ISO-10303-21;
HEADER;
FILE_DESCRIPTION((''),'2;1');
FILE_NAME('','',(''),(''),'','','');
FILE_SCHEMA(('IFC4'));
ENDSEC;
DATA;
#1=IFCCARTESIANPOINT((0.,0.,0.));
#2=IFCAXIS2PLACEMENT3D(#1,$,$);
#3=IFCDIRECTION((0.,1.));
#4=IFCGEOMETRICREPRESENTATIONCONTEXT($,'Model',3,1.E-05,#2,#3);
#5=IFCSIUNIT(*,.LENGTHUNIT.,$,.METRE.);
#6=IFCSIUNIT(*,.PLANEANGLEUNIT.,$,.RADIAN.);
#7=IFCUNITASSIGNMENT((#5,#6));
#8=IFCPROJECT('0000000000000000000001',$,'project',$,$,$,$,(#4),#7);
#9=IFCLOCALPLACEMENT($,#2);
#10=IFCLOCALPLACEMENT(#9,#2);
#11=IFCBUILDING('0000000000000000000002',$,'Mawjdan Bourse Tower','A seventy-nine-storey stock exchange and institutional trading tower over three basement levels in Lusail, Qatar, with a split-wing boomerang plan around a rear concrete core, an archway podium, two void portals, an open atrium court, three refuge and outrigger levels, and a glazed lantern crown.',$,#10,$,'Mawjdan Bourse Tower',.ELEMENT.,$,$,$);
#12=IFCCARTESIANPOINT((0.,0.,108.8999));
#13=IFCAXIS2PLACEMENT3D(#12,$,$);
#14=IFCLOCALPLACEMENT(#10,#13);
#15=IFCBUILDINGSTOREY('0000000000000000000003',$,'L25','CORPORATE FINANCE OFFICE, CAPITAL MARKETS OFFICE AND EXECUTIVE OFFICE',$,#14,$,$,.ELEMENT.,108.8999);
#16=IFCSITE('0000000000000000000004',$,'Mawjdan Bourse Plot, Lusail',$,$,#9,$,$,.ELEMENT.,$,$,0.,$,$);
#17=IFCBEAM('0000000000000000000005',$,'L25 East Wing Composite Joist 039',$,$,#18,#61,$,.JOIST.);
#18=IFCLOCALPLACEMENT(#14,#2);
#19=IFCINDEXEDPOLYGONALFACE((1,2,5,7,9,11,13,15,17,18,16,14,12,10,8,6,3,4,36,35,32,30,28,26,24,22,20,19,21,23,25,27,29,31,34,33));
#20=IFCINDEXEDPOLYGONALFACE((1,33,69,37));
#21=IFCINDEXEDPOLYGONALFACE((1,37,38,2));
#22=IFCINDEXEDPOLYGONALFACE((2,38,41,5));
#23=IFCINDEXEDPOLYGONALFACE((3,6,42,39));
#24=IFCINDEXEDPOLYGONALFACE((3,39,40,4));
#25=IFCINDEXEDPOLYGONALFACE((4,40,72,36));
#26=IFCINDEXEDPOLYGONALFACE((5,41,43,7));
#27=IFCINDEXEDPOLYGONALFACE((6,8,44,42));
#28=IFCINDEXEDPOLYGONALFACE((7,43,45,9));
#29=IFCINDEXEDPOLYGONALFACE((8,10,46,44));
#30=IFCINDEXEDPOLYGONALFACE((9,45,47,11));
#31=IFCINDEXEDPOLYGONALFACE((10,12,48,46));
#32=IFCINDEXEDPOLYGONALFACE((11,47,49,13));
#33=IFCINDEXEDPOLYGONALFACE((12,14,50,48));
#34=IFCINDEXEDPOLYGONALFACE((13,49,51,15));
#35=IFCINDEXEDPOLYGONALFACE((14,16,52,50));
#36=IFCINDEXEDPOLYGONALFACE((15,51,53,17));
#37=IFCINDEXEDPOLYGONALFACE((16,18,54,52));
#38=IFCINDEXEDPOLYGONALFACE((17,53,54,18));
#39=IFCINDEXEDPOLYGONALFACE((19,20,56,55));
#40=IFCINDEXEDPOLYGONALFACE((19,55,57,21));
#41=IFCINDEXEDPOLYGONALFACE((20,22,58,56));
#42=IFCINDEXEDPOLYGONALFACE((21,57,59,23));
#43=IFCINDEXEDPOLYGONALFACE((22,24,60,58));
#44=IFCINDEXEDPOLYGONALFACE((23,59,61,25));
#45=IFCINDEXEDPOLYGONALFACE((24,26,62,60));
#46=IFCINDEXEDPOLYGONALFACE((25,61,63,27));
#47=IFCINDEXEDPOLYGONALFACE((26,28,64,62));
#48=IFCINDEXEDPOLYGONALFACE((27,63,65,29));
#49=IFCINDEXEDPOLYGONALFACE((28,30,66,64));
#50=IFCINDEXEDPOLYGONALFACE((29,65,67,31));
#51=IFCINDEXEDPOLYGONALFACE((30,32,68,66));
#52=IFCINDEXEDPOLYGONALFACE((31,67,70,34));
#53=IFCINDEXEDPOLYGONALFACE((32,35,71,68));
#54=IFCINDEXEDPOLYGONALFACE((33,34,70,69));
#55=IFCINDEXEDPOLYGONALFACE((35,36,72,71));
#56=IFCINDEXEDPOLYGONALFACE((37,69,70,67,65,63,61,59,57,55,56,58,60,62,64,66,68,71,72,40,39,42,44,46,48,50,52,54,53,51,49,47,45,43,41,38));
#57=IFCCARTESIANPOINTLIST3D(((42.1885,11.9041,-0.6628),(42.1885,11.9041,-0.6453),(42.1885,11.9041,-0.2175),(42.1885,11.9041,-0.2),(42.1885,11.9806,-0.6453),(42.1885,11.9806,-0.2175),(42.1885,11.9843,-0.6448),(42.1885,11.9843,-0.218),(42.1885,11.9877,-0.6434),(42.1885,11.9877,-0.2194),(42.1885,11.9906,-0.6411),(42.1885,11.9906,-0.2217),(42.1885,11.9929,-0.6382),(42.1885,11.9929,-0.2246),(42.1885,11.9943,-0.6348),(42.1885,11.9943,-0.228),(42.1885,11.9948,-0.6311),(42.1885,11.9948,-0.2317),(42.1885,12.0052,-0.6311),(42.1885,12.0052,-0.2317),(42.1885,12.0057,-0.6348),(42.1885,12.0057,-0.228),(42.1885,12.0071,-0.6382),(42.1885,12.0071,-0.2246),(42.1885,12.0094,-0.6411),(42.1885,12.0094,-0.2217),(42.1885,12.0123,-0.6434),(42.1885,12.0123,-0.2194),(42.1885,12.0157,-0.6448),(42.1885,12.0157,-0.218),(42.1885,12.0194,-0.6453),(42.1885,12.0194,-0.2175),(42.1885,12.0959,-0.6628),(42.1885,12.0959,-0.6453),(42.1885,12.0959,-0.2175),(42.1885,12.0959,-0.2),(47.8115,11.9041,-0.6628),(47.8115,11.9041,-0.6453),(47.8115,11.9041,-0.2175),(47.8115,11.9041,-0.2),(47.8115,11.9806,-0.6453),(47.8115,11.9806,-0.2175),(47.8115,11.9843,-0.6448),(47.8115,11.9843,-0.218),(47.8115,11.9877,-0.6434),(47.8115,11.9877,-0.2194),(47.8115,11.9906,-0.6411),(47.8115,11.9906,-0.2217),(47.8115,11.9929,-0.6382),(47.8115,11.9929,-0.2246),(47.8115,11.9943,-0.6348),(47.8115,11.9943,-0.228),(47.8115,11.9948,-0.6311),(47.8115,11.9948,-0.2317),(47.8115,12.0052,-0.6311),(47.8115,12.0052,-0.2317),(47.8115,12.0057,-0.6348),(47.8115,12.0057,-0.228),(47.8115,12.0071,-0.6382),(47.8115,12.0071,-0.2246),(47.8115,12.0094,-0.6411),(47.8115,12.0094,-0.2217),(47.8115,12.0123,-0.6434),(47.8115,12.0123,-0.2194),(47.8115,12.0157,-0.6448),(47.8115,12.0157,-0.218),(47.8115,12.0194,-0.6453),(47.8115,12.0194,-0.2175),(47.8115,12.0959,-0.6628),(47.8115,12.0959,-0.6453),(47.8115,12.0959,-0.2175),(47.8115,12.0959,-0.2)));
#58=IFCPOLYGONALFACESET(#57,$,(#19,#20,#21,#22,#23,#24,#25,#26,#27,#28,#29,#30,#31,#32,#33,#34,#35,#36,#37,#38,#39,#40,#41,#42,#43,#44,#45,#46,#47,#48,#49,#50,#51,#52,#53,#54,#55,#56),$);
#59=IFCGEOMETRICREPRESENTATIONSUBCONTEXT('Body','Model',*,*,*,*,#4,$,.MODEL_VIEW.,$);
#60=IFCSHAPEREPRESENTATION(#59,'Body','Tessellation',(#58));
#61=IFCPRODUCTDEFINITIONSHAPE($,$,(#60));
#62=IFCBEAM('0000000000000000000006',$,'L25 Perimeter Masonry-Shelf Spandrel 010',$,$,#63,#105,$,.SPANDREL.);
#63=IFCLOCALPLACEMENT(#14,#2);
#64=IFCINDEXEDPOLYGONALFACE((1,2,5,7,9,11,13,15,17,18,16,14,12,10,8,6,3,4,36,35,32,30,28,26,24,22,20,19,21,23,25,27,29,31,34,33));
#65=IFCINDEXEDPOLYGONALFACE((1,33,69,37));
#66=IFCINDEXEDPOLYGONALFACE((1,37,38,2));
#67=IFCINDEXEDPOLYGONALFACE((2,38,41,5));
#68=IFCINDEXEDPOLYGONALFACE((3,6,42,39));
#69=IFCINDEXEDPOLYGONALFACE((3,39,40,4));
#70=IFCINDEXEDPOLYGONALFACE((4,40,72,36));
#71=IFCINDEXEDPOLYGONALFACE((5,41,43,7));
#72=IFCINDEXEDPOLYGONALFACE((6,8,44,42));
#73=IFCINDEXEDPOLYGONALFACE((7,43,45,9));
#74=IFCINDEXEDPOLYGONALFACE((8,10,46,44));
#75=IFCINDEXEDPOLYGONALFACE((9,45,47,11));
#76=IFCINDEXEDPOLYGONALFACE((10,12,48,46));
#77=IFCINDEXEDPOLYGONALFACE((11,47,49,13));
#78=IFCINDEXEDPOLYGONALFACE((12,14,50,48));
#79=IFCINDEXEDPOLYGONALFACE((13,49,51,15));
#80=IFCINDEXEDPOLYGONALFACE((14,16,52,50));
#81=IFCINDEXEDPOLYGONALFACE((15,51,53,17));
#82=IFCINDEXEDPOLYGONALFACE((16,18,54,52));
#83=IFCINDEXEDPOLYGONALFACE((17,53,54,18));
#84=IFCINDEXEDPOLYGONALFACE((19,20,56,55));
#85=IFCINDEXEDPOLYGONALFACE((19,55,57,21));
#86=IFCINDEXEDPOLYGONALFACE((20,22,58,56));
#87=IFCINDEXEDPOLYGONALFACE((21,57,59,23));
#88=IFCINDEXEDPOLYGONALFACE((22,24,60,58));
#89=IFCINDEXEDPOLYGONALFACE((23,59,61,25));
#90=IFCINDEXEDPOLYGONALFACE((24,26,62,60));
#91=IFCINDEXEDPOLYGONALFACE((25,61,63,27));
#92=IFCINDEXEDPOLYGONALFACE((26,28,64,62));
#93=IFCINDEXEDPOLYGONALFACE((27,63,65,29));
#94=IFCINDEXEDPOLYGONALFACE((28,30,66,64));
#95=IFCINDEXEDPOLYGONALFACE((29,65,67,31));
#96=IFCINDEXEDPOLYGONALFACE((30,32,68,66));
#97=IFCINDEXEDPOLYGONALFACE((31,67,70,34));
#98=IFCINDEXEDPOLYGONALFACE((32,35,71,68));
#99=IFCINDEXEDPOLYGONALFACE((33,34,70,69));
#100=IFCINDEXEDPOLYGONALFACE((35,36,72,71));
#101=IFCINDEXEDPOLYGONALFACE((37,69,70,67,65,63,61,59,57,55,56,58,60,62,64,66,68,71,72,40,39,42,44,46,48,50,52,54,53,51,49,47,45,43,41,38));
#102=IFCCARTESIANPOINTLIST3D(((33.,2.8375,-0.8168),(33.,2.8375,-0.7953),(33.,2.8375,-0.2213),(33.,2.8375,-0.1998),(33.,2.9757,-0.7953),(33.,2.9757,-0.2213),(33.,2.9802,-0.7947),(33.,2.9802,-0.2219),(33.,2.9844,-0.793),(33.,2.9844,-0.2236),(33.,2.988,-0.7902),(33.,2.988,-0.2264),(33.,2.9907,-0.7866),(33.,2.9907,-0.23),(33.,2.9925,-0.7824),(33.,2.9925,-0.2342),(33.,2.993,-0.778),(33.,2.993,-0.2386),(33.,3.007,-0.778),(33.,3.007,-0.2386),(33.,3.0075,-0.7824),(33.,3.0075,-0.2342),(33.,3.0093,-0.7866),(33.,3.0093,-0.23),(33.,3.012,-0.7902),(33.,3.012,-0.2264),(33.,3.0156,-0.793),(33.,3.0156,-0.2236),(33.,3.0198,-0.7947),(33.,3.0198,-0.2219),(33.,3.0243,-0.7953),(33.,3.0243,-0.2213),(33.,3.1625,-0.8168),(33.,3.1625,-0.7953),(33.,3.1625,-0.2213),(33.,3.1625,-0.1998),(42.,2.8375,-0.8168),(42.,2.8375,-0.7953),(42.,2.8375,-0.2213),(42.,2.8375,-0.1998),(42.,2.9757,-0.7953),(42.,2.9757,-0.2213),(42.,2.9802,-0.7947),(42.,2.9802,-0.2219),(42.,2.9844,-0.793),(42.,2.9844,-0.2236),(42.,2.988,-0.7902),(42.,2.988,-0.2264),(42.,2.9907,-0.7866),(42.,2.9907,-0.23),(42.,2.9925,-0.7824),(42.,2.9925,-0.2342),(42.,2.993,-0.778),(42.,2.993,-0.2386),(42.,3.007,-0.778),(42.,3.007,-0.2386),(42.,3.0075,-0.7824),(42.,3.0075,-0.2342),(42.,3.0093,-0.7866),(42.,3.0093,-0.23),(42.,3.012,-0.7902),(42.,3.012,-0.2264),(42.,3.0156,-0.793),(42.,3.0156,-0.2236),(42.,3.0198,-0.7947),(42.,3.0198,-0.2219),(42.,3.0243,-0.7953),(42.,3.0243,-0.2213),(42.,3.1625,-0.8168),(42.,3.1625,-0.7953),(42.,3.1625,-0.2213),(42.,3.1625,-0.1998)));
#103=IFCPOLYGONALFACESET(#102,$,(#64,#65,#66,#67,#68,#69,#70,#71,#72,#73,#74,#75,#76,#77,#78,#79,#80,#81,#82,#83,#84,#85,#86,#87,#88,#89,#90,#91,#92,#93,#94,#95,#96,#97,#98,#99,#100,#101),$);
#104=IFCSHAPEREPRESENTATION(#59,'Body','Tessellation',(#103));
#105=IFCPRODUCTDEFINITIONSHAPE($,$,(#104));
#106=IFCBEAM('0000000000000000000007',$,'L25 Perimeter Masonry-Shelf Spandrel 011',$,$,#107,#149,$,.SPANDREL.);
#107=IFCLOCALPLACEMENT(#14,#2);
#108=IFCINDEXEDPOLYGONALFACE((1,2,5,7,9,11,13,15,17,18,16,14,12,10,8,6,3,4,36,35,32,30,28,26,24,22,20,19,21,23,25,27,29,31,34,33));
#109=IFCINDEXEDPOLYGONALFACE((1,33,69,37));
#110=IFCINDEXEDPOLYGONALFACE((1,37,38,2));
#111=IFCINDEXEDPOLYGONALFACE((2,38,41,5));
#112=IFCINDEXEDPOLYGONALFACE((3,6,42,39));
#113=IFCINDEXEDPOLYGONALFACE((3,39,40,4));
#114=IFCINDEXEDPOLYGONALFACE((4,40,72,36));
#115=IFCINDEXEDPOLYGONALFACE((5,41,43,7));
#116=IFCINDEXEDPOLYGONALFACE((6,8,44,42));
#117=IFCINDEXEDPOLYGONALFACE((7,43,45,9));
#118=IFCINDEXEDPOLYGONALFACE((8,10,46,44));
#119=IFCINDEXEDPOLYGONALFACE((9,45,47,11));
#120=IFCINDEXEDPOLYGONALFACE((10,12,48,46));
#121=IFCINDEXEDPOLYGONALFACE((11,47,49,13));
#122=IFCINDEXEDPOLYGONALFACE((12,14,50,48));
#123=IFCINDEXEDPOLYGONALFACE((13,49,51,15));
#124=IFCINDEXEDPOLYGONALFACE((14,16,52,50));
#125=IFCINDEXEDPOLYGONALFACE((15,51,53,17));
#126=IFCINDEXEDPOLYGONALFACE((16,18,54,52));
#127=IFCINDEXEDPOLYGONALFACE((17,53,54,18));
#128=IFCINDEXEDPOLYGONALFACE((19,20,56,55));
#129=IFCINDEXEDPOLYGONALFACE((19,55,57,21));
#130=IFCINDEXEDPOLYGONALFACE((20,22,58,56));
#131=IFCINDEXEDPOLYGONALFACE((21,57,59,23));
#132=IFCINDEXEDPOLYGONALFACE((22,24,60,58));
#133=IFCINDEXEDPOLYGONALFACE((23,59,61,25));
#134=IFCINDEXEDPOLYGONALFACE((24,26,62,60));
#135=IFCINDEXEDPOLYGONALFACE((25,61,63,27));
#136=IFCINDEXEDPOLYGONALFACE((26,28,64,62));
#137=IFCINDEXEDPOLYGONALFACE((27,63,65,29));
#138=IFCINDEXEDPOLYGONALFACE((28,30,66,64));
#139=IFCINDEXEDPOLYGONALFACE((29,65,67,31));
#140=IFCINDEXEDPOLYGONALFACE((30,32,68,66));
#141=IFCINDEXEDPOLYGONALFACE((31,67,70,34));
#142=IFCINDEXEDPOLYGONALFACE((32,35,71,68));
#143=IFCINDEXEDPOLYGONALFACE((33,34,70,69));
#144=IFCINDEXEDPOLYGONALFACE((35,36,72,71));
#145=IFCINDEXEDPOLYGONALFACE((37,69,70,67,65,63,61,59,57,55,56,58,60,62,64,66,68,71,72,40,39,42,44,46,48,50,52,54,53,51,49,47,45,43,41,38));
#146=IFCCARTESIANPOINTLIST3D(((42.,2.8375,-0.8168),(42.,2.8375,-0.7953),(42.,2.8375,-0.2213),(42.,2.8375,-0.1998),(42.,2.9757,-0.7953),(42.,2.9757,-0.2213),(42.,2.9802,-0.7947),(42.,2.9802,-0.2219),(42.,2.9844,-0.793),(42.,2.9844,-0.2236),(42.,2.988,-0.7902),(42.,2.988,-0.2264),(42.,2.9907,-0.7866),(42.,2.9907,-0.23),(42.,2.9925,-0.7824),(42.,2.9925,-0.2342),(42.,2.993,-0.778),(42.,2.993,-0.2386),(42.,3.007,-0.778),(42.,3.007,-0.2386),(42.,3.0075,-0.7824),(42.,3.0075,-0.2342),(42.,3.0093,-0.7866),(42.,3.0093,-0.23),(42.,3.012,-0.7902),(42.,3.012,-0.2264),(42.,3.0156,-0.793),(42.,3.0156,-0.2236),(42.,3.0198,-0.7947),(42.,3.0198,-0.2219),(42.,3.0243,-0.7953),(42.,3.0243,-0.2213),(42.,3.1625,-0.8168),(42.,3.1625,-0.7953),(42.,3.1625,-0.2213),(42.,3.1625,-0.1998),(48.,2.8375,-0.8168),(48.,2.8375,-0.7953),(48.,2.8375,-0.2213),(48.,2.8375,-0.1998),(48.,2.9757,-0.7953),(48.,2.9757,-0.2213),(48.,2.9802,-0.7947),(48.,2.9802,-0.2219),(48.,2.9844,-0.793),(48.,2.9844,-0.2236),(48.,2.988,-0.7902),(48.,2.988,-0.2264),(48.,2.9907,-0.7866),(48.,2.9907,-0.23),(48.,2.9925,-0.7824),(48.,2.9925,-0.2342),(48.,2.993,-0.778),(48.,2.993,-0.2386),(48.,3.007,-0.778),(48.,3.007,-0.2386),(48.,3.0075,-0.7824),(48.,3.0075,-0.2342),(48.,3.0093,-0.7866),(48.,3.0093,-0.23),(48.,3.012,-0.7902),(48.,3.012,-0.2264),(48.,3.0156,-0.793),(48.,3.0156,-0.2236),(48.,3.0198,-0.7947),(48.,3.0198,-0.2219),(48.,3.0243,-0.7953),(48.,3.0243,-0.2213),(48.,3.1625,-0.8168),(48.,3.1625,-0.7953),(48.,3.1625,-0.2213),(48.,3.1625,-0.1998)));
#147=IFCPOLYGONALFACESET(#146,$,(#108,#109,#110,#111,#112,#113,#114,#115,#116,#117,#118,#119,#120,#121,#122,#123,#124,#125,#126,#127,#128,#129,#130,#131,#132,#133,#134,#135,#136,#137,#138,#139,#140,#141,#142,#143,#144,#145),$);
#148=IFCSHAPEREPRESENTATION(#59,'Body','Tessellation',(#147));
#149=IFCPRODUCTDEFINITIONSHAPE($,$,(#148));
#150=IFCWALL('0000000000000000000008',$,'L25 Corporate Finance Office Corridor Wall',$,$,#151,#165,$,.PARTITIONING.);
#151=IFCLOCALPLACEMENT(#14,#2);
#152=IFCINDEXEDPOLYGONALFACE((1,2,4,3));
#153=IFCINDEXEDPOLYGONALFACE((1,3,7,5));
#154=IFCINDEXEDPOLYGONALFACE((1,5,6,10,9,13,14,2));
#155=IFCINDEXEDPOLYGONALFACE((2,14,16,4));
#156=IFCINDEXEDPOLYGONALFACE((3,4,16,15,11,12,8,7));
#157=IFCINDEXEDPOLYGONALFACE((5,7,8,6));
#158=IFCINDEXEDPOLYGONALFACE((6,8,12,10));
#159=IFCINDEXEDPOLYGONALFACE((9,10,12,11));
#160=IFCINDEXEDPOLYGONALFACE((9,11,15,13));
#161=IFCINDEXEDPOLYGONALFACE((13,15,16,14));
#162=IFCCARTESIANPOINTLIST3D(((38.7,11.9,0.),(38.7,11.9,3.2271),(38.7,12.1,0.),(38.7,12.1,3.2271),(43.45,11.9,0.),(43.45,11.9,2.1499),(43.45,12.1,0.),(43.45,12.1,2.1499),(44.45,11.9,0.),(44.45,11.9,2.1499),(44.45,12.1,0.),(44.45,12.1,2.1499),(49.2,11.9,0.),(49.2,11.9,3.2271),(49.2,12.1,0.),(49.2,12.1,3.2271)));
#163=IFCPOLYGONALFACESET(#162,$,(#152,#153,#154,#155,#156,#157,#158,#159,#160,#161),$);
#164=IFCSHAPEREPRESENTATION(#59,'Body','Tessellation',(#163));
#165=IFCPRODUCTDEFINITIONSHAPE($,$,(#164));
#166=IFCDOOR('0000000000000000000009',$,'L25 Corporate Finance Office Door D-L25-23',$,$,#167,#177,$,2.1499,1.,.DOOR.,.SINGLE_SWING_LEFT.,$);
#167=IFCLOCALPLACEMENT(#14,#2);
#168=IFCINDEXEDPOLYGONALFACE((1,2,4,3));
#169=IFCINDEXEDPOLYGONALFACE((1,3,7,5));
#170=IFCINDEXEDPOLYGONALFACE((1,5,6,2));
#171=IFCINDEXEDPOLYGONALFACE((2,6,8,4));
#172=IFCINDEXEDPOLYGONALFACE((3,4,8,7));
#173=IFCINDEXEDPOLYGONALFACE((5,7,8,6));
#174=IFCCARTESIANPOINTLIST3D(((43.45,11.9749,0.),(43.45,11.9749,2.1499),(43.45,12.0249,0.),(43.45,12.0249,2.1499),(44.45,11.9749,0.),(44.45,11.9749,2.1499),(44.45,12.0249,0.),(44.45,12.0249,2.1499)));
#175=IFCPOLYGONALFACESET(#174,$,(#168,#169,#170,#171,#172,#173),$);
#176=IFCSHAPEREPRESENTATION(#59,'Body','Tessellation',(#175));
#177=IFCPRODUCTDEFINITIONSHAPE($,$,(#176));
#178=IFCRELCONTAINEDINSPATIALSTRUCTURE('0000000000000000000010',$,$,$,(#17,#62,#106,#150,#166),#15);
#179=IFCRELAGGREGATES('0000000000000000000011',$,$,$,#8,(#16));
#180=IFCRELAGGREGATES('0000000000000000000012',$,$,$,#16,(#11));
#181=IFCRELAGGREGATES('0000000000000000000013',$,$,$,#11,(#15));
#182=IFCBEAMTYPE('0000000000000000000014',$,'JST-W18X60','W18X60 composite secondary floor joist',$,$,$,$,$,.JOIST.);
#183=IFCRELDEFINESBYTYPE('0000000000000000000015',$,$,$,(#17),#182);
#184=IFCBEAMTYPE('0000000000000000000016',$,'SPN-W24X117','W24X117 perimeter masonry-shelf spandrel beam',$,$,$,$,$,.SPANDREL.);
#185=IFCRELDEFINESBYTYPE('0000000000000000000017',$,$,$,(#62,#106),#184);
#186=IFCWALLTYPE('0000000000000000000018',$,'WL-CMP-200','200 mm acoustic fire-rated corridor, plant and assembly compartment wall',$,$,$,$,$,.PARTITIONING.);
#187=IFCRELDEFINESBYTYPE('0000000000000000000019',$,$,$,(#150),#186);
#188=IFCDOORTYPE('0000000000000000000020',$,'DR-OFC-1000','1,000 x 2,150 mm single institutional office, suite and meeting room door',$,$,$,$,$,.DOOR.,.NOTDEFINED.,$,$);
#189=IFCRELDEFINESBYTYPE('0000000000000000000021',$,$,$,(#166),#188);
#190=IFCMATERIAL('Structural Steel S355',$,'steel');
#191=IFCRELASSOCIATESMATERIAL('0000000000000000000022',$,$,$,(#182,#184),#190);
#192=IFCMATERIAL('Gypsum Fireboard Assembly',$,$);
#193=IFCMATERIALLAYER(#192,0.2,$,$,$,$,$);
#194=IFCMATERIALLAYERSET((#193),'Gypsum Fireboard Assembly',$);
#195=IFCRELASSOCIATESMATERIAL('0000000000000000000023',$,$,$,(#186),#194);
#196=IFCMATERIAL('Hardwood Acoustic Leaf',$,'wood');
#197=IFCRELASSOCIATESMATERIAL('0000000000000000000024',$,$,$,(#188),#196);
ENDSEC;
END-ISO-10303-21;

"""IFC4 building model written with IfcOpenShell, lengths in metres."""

from ifc_helpers import new_model, si_unit, direction, frame, frame_2d, origin, origin_2d, place, context, subcontext, project, spatial, rectangle, i_section, extrude, material, layer, layer_set, material_profile, profile_set, type_object, element, fill, save


model = new_model("IFC4")

# Units and contexts
model_context = context("Model", 3, precision=1e-05, world=origin(), true_north=direction((0.0, 1.0)))
body_context = subcontext(model_context, "Body", "Model", "MODEL_VIEW")
ifc_project = project(units=[si_unit("LENGTHUNIT", "METRE"), si_unit("PLANEANGLEUNIT", "RADIAN")], contexts=[model_context])

# Site, building, storey
site_placement = place(None, origin())
site = spatial("IfcSite", under=ifc_project, at=site_placement, Name="Mawjdan Bourse Plot, Lusail", CompositionType="ELEMENT", RefElevation=0.0)
building_placement = place(site_placement, origin())
building = spatial("IfcBuilding", under=site, at=building_placement, Name="Mawjdan Bourse Tower", Description="A seventy-nine-storey stock exchange and institutional trading tower over three basement levels in Lusail, Qatar, with a split-wing boomerang plan around a rear concrete core, an archway podium, two void portals, an open atrium court, three refuge and outrigger levels, and a glazed lantern crown.", LongName="Mawjdan Bourse Tower", CompositionType="ELEMENT")
storey_placement = place(building_placement, frame((0.0, 0.0, 108.8999)))
storey = spatial("IfcBuildingStorey", under=building, at=storey_placement, Name="L25", Description="CORPORATE FINANCE OFFICE, CAPITAL MARKETS OFFICE AND EXECUTIVE OFFICE", CompositionType="ELEMENT", Elevation=108.8999)

# Beams
ifc_material_1 = material(Name="Structural Steel S355", Category="steel")
ifc_material_profile_1 = material_profile(ifc_material_1, i_section(OverallWidth=0.1919, OverallDepth=0.4629, WebThickness=0.0105, FlangeThickness=0.0176, FilletRadius=0.0142, at=origin_2d()), Name="W18X60")
ifc_profile_set_1 = profile_set([ifc_material_profile_1], Name="Structural Steel S355")
beam_type_1 = type_object("IfcBeamType", Name="JST-W18X60", Description="W18X60 composite secondary floor joist", PredefinedType="JOIST", material=ifc_profile_set_1)
beam_1_placement = place(storey_placement, frame((42.1885, 12.0, -0.4314), z_axis=(1.0, 0.0, 0.0), x_axis=(0.0, 1.0, 0.0)))
element("IfcBeam", 1, at=beam_1_placement, inside=storey, type_object=beam_type_1, Name="L25 East Wing Composite Joist 039", PredefinedType="JOIST", context=body_context, shape_type="SweptSolid", body=[
    extrude(i_section(OverallWidth=0.1919, OverallDepth=0.4629, WebThickness=0.0105, FlangeThickness=0.0176, FilletRadius=0.0142, at=origin_2d()), origin(), (0.0, 0.0, 1.0), 5.623),
])
ifc_material_profile_2 = material_profile(ifc_material_1, i_section(OverallWidth=0.325, OverallDepth=0.6169, WebThickness=0.0139, FlangeThickness=0.0215, FilletRadius=0.0173, at=origin_2d()), Name="W24X117")
ifc_profile_set_2 = profile_set([ifc_material_profile_2], Name="Structural Steel S355")
beam_type_2 = type_object("IfcBeamType", Name="SPN-W24X117", Description="W24X117 perimeter masonry-shelf spandrel beam", PredefinedType="SPANDREL", material=ifc_profile_set_2)
beam_2_placement = place(storey_placement, frame((33.0, 3.0, -0.5083), z_axis=(1.0, 0.0, 0.0), x_axis=(0.0, 1.0, 0.0)))
element("IfcBeam", 2, at=beam_2_placement, inside=storey, type_object=beam_type_2, Name="L25 Perimeter Masonry-Shelf Spandrel 010", PredefinedType="SPANDREL", context=body_context, shape_type="SweptSolid", body=[
    extrude(i_section(OverallWidth=0.325, OverallDepth=0.6169, WebThickness=0.0139, FlangeThickness=0.0215, FilletRadius=0.0173, at=origin_2d()), origin(), (0.0, 0.0, 1.0), 9.0),
])
beam_3_placement = place(storey_placement, frame((42.0, 3.0, -0.5083), z_axis=(1.0, 0.0, 0.0), x_axis=(0.0, 1.0, 0.0)))
element("IfcBeam", 3, at=beam_3_placement, inside=storey, type_object=beam_type_2, Name="L25 Perimeter Masonry-Shelf Spandrel 011", PredefinedType="SPANDREL", context=body_context, shape_type="SweptSolid", body=[
    extrude(i_section(OverallWidth=0.325, OverallDepth=0.6169, WebThickness=0.0139, FlangeThickness=0.0215, FilletRadius=0.0173, at=origin_2d()), origin(), (0.0, 0.0, 1.0), 6.0),
])

# Wall, opening, door
ifc_material_2 = material(Name="Gypsum Fireboard Assembly")
ifc_layer_1 = layer(ifc_material_2, 0.2)
ifc_layer_set_1 = layer_set([ifc_layer_1], Name="Gypsum Fireboard Assembly")
wall_type_1 = type_object("IfcWallType", Name="WL-CMP-200", Description="200 mm acoustic fire-rated corridor, plant and assembly compartment wall", PredefinedType="PARTITIONING", material=ifc_layer_set_1)
wall_1_placement = place(storey_placement, frame((38.7, 12.0, 0.0), z_axis=(0.0, 0.0, 1.0), x_axis=(1.0, 0.0, 0.0)))
wall_1 = element("IfcWall", 4, at=wall_1_placement, inside=storey, type_object=wall_type_1, Name="L25 Corporate Finance Office Corridor Wall", PredefinedType="PARTITIONING", context=body_context, shape_type="SweptSolid", body=[
    extrude(rectangle(XDim=10.5, YDim=0.2, at=frame_2d((5.25, 0.0))), origin(), (0.0, 0.0, 1.0), 3.2271),
])
opening_placement = place(wall_1_placement, frame((4.75, 0.0, 0.0)))
opening = element("IfcOpeningElement", 5, at=opening_placement, cuts=wall_1, PredefinedType="OPENING", context=body_context, shape_type="SweptSolid", body=[
    extrude(rectangle(XDim=1.0, YDim=2.1499, at=frame_2d((0.5, 1.075))), frame((0.0, 0.1099, 0.0), z_axis=(0.0, -1.0, 0.0), x_axis=(1.0, 0.0, 0.0)), (0.0, 0.0, 1.0), 0.22),
])
ifc_material_3 = material(Name="Hardwood Acoustic Leaf", Category="wood")
door_type = type_object("IfcDoorType", Name="DR-OFC-1000", Description="1,000 x 2,150 mm single institutional office, suite and meeting room door", OperationType="NOTDEFINED", PredefinedType="DOOR", material=ifc_material_3)
door_placement = place(opening_placement, origin())
door = element("IfcDoor", 6, at=door_placement, inside=storey, type_object=door_type, Name="L25 Corporate Finance Office Door D-L25-23", OperationType="SINGLE_SWING_LEFT", OverallHeight=2.1499, OverallWidth=1.0, PredefinedType="DOOR", context=body_context, shape_type="SweptSolid", body=[
    extrude(rectangle(XDim=1.0, YDim=2.1499, at=frame_2d((0.5, 1.075))), frame((0.0, 0.0249, 0.0), z_axis=(0.0, -1.0, 0.0), x_axis=(1.0, 0.0, 0.0)), (0.0, 0.0, 1.0), 0.05),
])
fill(opening, door)

save(model, "model.ifc")
